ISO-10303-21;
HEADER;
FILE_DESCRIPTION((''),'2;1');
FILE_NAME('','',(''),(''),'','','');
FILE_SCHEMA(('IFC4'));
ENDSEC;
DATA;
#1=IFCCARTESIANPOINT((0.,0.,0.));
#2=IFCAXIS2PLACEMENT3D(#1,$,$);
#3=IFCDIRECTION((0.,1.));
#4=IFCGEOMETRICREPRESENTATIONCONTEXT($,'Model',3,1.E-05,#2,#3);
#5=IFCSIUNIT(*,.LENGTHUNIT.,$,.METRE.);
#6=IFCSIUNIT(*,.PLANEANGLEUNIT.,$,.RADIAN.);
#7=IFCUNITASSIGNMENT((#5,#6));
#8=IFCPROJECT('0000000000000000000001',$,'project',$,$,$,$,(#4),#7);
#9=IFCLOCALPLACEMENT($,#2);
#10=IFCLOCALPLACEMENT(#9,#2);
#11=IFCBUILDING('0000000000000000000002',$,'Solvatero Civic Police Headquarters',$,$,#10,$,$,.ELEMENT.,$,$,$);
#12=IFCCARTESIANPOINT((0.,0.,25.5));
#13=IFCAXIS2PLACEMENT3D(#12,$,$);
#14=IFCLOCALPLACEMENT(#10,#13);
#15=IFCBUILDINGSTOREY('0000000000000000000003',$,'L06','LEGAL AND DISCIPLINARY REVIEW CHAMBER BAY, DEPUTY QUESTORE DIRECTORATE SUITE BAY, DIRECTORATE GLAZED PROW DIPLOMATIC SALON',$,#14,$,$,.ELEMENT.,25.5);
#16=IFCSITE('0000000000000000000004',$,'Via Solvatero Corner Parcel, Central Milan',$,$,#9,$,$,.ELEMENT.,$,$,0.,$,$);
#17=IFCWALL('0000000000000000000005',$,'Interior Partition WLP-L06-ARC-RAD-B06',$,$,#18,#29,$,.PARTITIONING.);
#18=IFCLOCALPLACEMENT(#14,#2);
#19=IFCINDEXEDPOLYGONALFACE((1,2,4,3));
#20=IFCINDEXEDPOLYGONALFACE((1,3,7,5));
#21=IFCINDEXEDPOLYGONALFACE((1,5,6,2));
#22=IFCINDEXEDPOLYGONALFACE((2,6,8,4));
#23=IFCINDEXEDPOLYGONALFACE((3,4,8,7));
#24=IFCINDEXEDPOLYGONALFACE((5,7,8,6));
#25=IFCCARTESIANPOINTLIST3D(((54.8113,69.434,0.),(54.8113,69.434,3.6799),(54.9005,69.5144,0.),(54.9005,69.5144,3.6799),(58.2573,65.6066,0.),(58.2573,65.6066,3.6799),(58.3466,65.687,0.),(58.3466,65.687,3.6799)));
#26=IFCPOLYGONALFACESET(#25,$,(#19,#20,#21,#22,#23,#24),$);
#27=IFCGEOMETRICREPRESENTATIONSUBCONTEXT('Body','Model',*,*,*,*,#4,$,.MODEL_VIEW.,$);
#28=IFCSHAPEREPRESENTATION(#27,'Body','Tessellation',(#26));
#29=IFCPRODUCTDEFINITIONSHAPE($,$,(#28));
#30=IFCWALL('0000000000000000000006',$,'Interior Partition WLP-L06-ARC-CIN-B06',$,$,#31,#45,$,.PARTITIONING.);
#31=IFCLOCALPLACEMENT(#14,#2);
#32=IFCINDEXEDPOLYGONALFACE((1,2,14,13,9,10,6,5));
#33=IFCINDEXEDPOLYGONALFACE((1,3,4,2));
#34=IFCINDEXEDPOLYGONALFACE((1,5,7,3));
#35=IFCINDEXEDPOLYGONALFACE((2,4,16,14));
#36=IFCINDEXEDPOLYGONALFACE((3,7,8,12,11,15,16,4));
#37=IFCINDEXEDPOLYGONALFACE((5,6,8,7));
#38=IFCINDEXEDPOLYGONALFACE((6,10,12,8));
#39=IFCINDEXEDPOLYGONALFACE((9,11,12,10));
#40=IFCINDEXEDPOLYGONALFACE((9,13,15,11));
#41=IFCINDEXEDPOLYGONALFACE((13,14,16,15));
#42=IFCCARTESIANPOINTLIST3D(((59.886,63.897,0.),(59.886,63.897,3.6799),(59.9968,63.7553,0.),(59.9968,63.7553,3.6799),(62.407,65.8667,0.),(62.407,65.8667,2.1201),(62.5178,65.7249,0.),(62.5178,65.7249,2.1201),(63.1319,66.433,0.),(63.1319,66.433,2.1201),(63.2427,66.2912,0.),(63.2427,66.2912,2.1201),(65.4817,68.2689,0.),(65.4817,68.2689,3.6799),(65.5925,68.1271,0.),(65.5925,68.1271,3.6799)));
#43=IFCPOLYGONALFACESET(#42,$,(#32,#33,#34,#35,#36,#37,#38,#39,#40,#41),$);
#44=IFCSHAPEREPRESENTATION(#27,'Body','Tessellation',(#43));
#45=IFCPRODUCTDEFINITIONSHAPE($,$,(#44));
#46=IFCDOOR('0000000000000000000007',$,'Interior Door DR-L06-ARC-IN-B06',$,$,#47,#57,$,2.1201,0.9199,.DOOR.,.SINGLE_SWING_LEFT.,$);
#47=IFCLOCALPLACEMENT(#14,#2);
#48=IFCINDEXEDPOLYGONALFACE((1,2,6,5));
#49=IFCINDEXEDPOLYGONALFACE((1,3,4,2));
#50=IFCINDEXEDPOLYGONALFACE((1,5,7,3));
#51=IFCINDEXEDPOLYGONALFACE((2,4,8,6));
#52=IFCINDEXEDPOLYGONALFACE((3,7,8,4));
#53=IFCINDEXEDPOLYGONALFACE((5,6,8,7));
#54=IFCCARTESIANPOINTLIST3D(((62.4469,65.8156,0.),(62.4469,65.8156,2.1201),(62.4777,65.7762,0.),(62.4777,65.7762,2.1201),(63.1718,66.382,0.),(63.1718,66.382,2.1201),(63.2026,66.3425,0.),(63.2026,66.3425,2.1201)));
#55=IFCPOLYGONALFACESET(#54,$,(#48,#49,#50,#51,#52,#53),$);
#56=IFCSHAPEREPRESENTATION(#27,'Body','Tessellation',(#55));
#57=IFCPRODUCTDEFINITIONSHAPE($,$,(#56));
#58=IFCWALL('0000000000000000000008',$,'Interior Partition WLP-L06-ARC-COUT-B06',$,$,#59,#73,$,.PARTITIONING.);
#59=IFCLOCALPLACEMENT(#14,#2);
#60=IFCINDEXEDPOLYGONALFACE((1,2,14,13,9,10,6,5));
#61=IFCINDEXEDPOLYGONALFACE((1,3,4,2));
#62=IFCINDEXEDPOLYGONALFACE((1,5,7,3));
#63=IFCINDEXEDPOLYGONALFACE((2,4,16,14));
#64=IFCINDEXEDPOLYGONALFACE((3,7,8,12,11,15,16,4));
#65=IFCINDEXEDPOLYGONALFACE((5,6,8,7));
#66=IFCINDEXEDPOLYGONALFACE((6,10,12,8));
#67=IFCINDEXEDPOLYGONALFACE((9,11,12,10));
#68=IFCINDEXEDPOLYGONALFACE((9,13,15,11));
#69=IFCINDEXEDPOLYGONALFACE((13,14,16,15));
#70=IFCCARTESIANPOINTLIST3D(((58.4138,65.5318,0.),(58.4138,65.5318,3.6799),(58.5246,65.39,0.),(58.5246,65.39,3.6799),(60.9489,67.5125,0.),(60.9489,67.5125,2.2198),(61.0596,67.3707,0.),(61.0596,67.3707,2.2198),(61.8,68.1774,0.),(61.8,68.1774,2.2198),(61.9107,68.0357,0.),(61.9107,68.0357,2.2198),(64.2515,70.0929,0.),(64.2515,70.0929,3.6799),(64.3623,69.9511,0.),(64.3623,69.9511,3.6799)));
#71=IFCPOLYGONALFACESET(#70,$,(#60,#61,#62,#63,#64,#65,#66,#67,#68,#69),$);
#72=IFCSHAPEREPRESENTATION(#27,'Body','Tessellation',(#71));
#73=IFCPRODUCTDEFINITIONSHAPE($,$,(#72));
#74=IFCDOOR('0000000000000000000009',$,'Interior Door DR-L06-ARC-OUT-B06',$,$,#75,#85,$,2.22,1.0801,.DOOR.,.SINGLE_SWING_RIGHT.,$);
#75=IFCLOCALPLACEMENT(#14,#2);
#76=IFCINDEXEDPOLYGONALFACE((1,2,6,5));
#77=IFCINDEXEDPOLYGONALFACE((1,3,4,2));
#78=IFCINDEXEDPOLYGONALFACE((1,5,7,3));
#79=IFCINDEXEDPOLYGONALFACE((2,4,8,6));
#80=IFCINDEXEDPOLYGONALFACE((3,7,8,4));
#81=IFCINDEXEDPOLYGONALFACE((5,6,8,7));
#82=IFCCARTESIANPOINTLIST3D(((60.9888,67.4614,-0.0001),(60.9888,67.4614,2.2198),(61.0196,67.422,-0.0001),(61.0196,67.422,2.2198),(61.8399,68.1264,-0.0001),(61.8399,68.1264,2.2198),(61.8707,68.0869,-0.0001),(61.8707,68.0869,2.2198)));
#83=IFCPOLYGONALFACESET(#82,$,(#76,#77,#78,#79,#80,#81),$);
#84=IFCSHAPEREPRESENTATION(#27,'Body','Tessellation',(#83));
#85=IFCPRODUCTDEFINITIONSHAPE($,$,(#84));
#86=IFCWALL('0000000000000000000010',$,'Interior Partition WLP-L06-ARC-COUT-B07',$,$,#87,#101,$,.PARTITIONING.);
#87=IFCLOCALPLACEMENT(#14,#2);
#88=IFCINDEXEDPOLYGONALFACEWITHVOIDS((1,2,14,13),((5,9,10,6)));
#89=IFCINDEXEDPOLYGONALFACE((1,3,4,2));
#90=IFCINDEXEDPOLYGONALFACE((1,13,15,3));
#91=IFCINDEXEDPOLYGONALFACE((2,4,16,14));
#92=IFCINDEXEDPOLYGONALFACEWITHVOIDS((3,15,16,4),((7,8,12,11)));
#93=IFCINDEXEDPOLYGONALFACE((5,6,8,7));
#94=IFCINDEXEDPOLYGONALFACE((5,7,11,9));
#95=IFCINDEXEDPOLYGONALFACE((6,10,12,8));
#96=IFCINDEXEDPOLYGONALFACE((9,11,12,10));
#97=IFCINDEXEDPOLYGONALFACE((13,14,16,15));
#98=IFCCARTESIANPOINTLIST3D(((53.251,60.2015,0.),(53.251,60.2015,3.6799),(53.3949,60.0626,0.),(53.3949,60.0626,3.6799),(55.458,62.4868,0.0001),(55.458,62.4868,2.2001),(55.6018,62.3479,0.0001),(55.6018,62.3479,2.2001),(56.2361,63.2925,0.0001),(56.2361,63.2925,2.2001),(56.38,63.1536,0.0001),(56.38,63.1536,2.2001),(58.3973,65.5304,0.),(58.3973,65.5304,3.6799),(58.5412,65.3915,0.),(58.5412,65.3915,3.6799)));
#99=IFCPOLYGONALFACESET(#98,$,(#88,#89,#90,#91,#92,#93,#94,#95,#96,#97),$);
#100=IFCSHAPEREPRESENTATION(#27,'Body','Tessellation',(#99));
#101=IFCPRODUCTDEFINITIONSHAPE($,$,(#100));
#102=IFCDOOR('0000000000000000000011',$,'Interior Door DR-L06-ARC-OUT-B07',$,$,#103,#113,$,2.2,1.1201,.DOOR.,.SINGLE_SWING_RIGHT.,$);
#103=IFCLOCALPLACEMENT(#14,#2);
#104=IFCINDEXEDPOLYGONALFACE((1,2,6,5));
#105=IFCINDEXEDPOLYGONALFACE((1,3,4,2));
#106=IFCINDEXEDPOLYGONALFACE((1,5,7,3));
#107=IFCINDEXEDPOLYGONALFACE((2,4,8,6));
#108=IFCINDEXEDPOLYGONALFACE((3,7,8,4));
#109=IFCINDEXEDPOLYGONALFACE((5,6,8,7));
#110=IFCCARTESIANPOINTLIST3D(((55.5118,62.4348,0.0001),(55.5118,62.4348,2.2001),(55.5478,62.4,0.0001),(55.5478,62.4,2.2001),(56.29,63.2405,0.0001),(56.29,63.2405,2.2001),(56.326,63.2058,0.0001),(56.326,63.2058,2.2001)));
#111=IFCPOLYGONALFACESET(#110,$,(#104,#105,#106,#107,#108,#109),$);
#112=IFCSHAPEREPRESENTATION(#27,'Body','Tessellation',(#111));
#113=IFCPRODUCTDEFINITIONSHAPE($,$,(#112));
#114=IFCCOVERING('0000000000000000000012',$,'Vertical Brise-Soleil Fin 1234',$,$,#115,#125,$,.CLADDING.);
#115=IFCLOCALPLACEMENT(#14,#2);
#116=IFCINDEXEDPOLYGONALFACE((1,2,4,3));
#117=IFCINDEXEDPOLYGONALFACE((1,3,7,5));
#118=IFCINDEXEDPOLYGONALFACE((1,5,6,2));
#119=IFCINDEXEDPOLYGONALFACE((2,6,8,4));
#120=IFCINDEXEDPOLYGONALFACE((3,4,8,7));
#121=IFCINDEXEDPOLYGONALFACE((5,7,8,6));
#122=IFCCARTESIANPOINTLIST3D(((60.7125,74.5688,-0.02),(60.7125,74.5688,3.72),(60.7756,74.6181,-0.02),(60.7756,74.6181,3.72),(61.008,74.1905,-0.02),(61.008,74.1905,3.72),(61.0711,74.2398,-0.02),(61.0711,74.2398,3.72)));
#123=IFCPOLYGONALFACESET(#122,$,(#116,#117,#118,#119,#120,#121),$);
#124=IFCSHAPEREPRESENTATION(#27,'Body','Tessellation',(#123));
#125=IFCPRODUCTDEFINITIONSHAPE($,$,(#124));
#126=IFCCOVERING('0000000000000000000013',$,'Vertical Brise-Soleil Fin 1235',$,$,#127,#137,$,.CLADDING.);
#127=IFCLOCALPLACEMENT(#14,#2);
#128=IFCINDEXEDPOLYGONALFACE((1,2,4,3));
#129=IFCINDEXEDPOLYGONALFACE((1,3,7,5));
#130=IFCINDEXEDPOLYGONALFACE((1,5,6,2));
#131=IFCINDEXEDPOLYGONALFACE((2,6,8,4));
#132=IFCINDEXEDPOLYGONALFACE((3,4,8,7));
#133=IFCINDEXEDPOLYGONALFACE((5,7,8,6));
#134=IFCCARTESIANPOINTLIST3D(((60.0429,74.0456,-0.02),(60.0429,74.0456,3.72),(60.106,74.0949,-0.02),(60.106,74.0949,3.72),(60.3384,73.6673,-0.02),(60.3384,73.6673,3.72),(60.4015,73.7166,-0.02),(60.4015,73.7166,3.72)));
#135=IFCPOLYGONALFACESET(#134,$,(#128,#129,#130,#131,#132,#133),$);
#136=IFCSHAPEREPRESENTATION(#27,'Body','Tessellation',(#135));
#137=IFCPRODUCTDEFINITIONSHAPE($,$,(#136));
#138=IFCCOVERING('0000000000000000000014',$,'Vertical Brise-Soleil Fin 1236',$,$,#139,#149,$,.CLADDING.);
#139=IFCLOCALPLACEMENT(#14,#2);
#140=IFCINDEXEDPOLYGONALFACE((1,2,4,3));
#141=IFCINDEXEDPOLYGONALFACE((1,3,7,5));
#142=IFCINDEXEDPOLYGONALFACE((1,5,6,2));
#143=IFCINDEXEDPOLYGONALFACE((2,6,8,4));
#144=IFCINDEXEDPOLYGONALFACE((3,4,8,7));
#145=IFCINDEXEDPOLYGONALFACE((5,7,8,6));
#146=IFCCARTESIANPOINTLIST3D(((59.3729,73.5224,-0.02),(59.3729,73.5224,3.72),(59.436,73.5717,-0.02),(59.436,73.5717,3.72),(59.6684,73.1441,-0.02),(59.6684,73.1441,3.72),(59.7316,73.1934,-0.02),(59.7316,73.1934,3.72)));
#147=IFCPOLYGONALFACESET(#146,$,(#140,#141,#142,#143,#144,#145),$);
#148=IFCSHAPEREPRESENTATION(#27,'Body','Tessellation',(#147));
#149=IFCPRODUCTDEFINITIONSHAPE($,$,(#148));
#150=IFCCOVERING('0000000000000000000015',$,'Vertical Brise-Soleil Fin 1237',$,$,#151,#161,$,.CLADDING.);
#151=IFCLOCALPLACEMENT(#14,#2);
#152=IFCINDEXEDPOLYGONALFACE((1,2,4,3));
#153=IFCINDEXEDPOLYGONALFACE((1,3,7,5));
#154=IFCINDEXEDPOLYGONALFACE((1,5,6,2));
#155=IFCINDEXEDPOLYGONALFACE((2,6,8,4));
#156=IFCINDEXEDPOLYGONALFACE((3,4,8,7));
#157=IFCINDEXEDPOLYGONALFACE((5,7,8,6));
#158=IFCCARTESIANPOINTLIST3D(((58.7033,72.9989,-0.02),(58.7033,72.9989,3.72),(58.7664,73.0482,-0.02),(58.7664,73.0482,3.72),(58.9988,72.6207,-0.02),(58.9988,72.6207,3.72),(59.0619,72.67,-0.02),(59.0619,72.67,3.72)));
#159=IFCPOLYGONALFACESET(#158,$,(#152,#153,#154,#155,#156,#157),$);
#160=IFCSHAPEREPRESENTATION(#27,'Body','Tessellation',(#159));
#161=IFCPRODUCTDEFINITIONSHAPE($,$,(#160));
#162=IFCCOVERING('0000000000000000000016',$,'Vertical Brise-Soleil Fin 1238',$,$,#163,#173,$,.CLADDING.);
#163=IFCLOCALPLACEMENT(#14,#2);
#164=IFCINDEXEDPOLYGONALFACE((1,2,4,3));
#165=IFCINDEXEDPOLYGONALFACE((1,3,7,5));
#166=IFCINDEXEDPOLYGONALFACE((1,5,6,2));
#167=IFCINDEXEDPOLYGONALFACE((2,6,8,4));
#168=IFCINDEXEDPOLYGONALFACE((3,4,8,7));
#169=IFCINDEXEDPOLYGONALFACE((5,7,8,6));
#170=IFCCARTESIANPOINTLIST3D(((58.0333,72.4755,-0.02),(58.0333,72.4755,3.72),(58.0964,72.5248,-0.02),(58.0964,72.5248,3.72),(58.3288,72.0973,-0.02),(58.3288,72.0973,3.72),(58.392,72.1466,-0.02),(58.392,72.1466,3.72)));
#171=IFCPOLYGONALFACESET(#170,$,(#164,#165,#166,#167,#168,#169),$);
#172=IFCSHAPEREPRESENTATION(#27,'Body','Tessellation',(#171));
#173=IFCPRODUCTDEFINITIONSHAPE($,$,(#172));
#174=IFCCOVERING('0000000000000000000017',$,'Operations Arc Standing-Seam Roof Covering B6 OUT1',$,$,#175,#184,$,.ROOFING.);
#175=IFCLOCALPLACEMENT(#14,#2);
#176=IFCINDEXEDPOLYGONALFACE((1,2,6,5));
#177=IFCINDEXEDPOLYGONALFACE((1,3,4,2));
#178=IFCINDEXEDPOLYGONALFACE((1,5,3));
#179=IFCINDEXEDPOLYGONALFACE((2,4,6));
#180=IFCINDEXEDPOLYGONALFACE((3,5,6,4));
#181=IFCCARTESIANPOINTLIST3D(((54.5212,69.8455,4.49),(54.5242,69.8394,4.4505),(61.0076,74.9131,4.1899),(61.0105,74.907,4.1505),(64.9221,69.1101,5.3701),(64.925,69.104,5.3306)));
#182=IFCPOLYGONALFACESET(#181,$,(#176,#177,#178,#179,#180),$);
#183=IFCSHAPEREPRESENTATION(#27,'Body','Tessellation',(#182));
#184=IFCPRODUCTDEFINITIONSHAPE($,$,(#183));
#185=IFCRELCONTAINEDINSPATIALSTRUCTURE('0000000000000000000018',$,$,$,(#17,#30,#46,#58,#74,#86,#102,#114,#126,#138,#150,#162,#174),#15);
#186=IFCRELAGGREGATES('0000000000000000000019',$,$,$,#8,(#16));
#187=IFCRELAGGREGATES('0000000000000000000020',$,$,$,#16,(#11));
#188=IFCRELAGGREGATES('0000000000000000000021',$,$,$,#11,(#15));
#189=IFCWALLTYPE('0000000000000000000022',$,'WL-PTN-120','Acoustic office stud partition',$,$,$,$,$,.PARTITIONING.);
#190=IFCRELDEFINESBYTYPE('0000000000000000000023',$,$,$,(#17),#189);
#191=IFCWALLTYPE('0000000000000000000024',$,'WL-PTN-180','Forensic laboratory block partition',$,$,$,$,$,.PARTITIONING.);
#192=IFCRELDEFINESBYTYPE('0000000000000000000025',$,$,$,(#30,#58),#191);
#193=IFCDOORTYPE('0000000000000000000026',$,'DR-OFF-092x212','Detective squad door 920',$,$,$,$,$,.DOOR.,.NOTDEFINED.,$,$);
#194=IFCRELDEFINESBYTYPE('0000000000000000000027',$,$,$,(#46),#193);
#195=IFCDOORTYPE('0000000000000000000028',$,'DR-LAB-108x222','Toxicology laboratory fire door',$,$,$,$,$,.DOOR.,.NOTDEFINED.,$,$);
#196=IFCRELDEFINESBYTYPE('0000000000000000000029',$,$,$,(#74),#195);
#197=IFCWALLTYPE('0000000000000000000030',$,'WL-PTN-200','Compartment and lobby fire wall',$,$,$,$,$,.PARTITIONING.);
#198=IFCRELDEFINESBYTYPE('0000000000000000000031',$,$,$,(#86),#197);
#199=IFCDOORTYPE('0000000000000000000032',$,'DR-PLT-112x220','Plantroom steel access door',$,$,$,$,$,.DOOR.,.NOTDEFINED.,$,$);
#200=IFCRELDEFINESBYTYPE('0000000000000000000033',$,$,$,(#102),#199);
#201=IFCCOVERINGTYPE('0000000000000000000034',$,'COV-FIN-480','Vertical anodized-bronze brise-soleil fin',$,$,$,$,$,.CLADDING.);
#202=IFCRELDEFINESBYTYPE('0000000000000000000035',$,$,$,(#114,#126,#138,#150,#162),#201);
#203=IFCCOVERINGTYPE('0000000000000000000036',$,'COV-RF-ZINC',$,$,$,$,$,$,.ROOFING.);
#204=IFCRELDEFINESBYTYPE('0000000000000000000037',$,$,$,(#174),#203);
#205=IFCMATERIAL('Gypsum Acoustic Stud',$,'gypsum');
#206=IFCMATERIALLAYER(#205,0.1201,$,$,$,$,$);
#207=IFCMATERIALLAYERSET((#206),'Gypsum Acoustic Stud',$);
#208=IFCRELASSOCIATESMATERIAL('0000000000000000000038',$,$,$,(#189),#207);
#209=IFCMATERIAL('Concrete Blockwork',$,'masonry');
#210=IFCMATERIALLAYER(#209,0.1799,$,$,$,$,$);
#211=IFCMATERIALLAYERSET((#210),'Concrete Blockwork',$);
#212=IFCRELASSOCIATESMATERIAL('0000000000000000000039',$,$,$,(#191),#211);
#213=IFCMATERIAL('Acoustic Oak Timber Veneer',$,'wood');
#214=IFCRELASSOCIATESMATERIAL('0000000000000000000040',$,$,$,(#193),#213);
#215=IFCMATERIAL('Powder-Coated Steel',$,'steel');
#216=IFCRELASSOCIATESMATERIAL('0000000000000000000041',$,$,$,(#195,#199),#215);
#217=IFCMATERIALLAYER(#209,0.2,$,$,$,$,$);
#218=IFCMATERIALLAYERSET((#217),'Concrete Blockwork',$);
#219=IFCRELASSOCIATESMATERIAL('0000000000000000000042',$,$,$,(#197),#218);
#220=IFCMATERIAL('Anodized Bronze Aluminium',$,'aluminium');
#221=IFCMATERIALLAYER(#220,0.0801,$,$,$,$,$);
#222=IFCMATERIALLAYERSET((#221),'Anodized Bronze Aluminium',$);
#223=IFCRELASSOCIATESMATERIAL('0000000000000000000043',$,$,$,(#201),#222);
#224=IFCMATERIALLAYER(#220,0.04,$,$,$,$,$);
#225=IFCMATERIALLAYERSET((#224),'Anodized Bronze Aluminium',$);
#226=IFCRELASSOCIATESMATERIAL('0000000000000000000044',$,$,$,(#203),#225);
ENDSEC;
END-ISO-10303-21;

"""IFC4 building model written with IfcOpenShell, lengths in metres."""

from ifc_helpers import new_model, si_unit, direction, frame, frame_2d, origin, origin_2d, place, context, subcontext, project, spatial, polyline, rectangle, outline, extrude, material, layer, layer_set, type_object, element, fill, save


model = new_model("IFC4")

# Units and contexts
model_context = context("Model", 3, precision=1e-05, world=origin(), true_north=direction((0.0, 1.0)))
body_context = subcontext(model_context, "Body", "Model", "MODEL_VIEW")
ifc_project = project(units=[si_unit("LENGTHUNIT", "METRE"), si_unit("PLANEANGLEUNIT", "RADIAN")], contexts=[model_context])

# Site, building, storey
site_placement = place(None, origin())
site = spatial("IfcSite", under=ifc_project, at=site_placement, Name="Via Solvatero Corner Parcel, Central Milan", CompositionType="ELEMENT", RefElevation=0.0)
building_placement = place(site_placement, origin())
building = spatial("IfcBuilding", under=site, at=building_placement, Name="Solvatero Civic Police Headquarters", CompositionType="ELEMENT")
storey_placement = place(building_placement, frame((0.0, 0.0, 25.5)))
storey = spatial("IfcBuildingStorey", under=building, at=storey_placement, Name="L06", Description="LEGAL AND DISCIPLINARY REVIEW CHAMBER BAY, DEPUTY QUESTORE DIRECTORATE SUITE BAY, DIRECTORATE GLAZED PROW DIPLOMATIC SALON", CompositionType="ELEMENT", Elevation=25.5)

# Shared definitions
ifc_material_1 = material(Name="Anodized Bronze Aluminium", Category="aluminium")

# Wall
ifc_material_2 = material(Name="Gypsum Acoustic Stud", Category="gypsum")
ifc_layer_1 = layer(ifc_material_2, 0.1201)
ifc_layer_set_1 = layer_set([ifc_layer_1], Name="Gypsum Acoustic Stud")
wall_type_1 = type_object("IfcWallType", Name="WL-PTN-120", Description="Acoustic office stud partition", PredefinedType="PARTITIONING", material=ifc_layer_set_1)
wall_1_placement = place(storey_placement, frame((58.302, 65.6467, 0.0), z_axis=(0.0, 0.0, 1.0), x_axis=(-0.669114, 0.74316, 0.0)))
element("IfcWall", 1, at=wall_1_placement, inside=storey, type_object=wall_type_1, Name="Interior Partition WLP-L06-ARC-RAD-B06", PredefinedType="PARTITIONING", context=body_context, shape_type="SweptSolid", body=[
    extrude(rectangle(XDim=5.1501, YDim=0.1201, at=frame_2d((2.5752, 0.0))), origin(), (0.0, 0.0, 1.0), 3.6799),
])

# Walls, openings, doors
ifc_material_3 = material(Name="Concrete Blockwork", Category="masonry")
ifc_layer_2 = layer(ifc_material_3, 0.1799)
ifc_layer_set_2 = layer_set([ifc_layer_2], Name="Concrete Blockwork")
wall_type_2 = type_object("IfcWallType", Name="WL-PTN-180", Description="Forensic laboratory block partition", PredefinedType="PARTITIONING", material=ifc_layer_set_2)
wall_2_placement = place(storey_placement, frame((65.5371, 68.198, 0.0), z_axis=(0.0, 0.0, 1.0), x_axis=(-0.788012, -0.61566, 0.0)))
wall_2 = element("IfcWall", 2, at=wall_2_placement, inside=storey, type_object=wall_type_2, Name="Interior Partition WLP-L06-ARC-CIN-B06", PredefinedType="PARTITIONING", context=body_context, shape_type="SweptSolid", body=[
    extrude(rectangle(XDim=7.1011, YDim=0.1799, at=frame_2d((3.5505, 0.0))), origin(), (0.0, 0.0, 1.0), 3.6799),
])
opening_1_placement = place(wall_2_placement, frame((2.9819, 0.0, 0.0)))
opening_1 = element("IfcOpeningElement", 3, at=opening_1_placement, cuts=wall_2, PredefinedType="OPENING", context=body_context, shape_type="SweptSolid", body=[
    extrude(rectangle(XDim=0.9199, YDim=2.1201, at=frame_2d((0.46, 1.0601))), frame((0.0, 0.0999, 0.0), z_axis=(0.0, -1.0, 0.0), x_axis=(1.0, 0.0, 0.0)), (0.0, 0.0, 1.0), 0.2),
])
ifc_material_4 = material(Name="Acoustic Oak Timber Veneer", Category="wood")
door_type_1 = type_object("IfcDoorType", Name="DR-OFF-092x212", Description="Detective squad door 920", OperationType="NOTDEFINED", PredefinedType="DOOR", material=ifc_material_4)
door_1_placement = place(opening_1_placement, origin())
door_1 = element("IfcDoor", 4, at=door_1_placement, inside=storey, type_object=door_type_1, Name="Interior Door DR-L06-ARC-IN-B06", OperationType="SINGLE_SWING_LEFT", OverallHeight=2.1201, OverallWidth=0.9199, PredefinedType="DOOR", context=body_context, shape_type="SweptSolid", body=[
    extrude(rectangle(XDim=0.9199, YDim=2.1201, at=frame_2d((0.46, 1.0601))), frame((0.0, 0.0249, 0.0), z_axis=(0.0, -1.0, 0.0), x_axis=(1.0, 0.0, 0.0)), (0.0, 0.0, 1.0), 0.05),
])
fill(opening_1, door_1)
wall_3_placement = place(storey_placement, frame((64.3069, 70.022, 0.0), z_axis=(0.0, 0.0, 1.0), x_axis=(-0.788, -0.615675, 0.0)))
wall_3 = element("IfcWall", 5, at=wall_3_placement, inside=storey, type_object=wall_type_2, Name="Interior Partition WLP-L06-ARC-COUT-B06", PredefinedType="PARTITIONING", context=body_context, shape_type="SweptSolid", body=[
    extrude(rectangle(XDim=7.4082, YDim=0.1799, at=frame_2d((3.7041, 0.0))), origin(), (0.0, 0.0, 1.0), 3.6799),
])
opening_2_placement = place(wall_3_placement, frame((3.1111, 0.0, 0.0)))
opening_2 = element("IfcOpeningElement", 6, at=opening_2_placement, cuts=wall_3, PredefinedType="OPENING", context=body_context, shape_type="SweptSolid", body=[
    extrude(rectangle(XDim=1.0801, YDim=2.22, at=frame_2d((0.54, 1.1099))), frame((0.0, 0.0999, 0.0), z_axis=(0.0, -1.0, 0.0), x_axis=(1.0, 0.0, 0.0)), (0.0, 0.0, 1.0), 0.2),
])
ifc_material_5 = material(Name="Powder-Coated Steel", Category="steel")
door_type_2 = type_object("IfcDoorType", Name="DR-LAB-108x222", Description="Toxicology laboratory fire door", OperationType="NOTDEFINED", PredefinedType="DOOR", material=ifc_material_5)
door_2_placement = place(opening_2_placement, origin())
door_2 = element("IfcDoor", 7, at=door_2_placement, inside=storey, type_object=door_type_2, Name="Interior Door DR-L06-ARC-OUT-B06", OperationType="SINGLE_SWING_RIGHT", OverallHeight=2.22, OverallWidth=1.0801, PredefinedType="DOOR", context=body_context, shape_type="SweptSolid", body=[
    extrude(rectangle(XDim=1.0801, YDim=2.22, at=frame_2d((0.54, 1.1099))), frame((0.0, 0.0249, 0.0), z_axis=(0.0, -1.0, 0.0), x_axis=(1.0, 0.0, 0.0)), (0.0, 0.0, 1.0), 0.05),
])
fill(opening_2, door_2)
ifc_layer_3 = layer(ifc_material_3, 0.2)
ifc_layer_set_3 = layer_set([ifc_layer_3], Name="Concrete Blockwork")
wall_type_3 = type_object("IfcWallType", Name="WL-PTN-200", Description="Compartment and lobby fire wall", PredefinedType="PARTITIONING", material=ifc_layer_set_3)
wall_4_placement = place(storey_placement, frame((58.4692, 65.4609, 0.0), z_axis=(0.0, 0.0, 1.0), x_axis=(-0.694674, -0.719325, 0.0)))
wall_4 = element("IfcWall", 8, at=wall_4_placement, inside=storey, type_object=wall_type_3, Name="Interior Partition WLP-L06-ARC-COUT-B07", PredefinedType="PARTITIONING", context=body_context, shape_type="SweptSolid", body=[
    extrude(rectangle(XDim=7.4082, YDim=0.2, at=frame_2d((3.7041, 0.0))), origin(), (0.0, 0.0, 1.0), 3.6799),
])
opening_3_placement = place(wall_4_placement, frame((3.1111, 0.0, 0.0)))
opening_3 = element("IfcOpeningElement", 9, at=opening_3_placement, cuts=wall_4, PredefinedType="OPENING", context=body_context, shape_type="SweptSolid", body=[
    extrude(rectangle(XDim=1.1201, YDim=2.2, at=frame_2d((0.5601, 1.1001))), frame((0.0, 0.1099, 0.0), z_axis=(0.0, -1.0, 0.0), x_axis=(1.0, 0.0, 0.0)), (0.0, 0.0, 1.0), 0.22),
])
door_type_3 = type_object("IfcDoorType", Name="DR-PLT-112x220", Description="Plantroom steel access door", OperationType="NOTDEFINED", PredefinedType="DOOR", material=ifc_material_5)
door_3_placement = place(opening_3_placement, origin())
door_3 = element("IfcDoor", 10, at=door_3_placement, inside=storey, type_object=door_type_3, Name="Interior Door DR-L06-ARC-OUT-B07", OperationType="SINGLE_SWING_RIGHT", OverallHeight=2.2, OverallWidth=1.1201, PredefinedType="DOOR", context=body_context, shape_type="SweptSolid", body=[
    extrude(rectangle(XDim=1.1201, YDim=2.2, at=frame_2d((0.5601, 1.1001))), frame((0.0, 0.0249, 0.0), z_axis=(0.0, -1.0, 0.0), x_axis=(1.0, 0.0, 0.0)), (0.0, 0.0, 1.0), 0.05),
])
fill(opening_3, door_3)

# Coverings
ifc_layer_4 = layer(ifc_material_1, 0.0801)
ifc_layer_set_4 = layer_set([ifc_layer_4], Name="Anodized Bronze Aluminium")
covering_type_1 = type_object("IfcCoveringType", Name="COV-FIN-480", Description="Vertical anodized-bronze brise-soleil fin", PredefinedType="CLADDING", material=ifc_layer_set_4)
for number, where, z_axis, x_axis, name in (
    (11, (60.8918, 74.4043, -0.02), (0.0, 0.0, 1.0), (-0.788011, -0.615661, 0.0), "Vertical Brise-Soleil Fin 1234"),
    (12, (60.2222, 73.8811, -0.02), (0.0, 0.0, 1.0), (-0.788011, -0.615661, 0.0), "Vertical Brise-Soleil Fin 1235"),
    (13, (59.5522, 73.3579, -0.02), (0.0, 0.0, 1.0), (-0.788011, -0.615661, 0.0), "Vertical Brise-Soleil Fin 1236"),
    (14, (58.8826, 72.8345, -0.02), (0.0, 0.0, 1.0), (-0.788011, -0.615661, 0.0), "Vertical Brise-Soleil Fin 1237"),
    (15, (58.2126, 72.311, -0.02), (0.0, 0.0, 1.0), (-0.788011, -0.615661, 0.0), "Vertical Brise-Soleil Fin 1238"),
):
    element("IfcCovering", number, at=place(storey_placement, frame(where, z_axis=z_axis, x_axis=x_axis)), inside=storey, type_object=covering_type_1, Name=name, PredefinedType="CLADDING", context=body_context, shape_type="SweptSolid", body=[
        extrude(rectangle(XDim=0.0801, YDim=0.48, at=origin_2d()), origin(), (0.0, 0.0, 1.0), 3.74),
    ])
ifc_layer_5 = layer(ifc_material_1, 0.04)
ifc_layer_set_5 = layer_set([ifc_layer_5], Name="Anodized Bronze Aluminium")
covering_type_2 = type_object("IfcCoveringType", Name="COV-RF-ZINC", PredefinedType="ROOFING", material=ifc_layer_set_5)
covering_1_placement = place(storey_placement, frame((64.9221, 69.1101, 5.3701), z_axis=(-0.072711, 0.151435, 0.985789), x_axis=(-0.551449, 0.817474, -0.166253)))
element("IfcCovering", 16, at=covering_1_placement, inside=storey, type_object=covering_type_2, Name="Operations Arc Standing-Seam Roof Covering B6 OUT1", PredefinedType="ROOFING", context=body_context, shape_type="SweptSolid", body=[
    extrude(outline(polyline([(0.0, 0.0), (7.0987, 0.0), (6.483, 8.2137), (0.0, 0.0)])), origin(), (0.0, 0.0, -1.0), 0.04),
])

save(model, "model.ifc")
